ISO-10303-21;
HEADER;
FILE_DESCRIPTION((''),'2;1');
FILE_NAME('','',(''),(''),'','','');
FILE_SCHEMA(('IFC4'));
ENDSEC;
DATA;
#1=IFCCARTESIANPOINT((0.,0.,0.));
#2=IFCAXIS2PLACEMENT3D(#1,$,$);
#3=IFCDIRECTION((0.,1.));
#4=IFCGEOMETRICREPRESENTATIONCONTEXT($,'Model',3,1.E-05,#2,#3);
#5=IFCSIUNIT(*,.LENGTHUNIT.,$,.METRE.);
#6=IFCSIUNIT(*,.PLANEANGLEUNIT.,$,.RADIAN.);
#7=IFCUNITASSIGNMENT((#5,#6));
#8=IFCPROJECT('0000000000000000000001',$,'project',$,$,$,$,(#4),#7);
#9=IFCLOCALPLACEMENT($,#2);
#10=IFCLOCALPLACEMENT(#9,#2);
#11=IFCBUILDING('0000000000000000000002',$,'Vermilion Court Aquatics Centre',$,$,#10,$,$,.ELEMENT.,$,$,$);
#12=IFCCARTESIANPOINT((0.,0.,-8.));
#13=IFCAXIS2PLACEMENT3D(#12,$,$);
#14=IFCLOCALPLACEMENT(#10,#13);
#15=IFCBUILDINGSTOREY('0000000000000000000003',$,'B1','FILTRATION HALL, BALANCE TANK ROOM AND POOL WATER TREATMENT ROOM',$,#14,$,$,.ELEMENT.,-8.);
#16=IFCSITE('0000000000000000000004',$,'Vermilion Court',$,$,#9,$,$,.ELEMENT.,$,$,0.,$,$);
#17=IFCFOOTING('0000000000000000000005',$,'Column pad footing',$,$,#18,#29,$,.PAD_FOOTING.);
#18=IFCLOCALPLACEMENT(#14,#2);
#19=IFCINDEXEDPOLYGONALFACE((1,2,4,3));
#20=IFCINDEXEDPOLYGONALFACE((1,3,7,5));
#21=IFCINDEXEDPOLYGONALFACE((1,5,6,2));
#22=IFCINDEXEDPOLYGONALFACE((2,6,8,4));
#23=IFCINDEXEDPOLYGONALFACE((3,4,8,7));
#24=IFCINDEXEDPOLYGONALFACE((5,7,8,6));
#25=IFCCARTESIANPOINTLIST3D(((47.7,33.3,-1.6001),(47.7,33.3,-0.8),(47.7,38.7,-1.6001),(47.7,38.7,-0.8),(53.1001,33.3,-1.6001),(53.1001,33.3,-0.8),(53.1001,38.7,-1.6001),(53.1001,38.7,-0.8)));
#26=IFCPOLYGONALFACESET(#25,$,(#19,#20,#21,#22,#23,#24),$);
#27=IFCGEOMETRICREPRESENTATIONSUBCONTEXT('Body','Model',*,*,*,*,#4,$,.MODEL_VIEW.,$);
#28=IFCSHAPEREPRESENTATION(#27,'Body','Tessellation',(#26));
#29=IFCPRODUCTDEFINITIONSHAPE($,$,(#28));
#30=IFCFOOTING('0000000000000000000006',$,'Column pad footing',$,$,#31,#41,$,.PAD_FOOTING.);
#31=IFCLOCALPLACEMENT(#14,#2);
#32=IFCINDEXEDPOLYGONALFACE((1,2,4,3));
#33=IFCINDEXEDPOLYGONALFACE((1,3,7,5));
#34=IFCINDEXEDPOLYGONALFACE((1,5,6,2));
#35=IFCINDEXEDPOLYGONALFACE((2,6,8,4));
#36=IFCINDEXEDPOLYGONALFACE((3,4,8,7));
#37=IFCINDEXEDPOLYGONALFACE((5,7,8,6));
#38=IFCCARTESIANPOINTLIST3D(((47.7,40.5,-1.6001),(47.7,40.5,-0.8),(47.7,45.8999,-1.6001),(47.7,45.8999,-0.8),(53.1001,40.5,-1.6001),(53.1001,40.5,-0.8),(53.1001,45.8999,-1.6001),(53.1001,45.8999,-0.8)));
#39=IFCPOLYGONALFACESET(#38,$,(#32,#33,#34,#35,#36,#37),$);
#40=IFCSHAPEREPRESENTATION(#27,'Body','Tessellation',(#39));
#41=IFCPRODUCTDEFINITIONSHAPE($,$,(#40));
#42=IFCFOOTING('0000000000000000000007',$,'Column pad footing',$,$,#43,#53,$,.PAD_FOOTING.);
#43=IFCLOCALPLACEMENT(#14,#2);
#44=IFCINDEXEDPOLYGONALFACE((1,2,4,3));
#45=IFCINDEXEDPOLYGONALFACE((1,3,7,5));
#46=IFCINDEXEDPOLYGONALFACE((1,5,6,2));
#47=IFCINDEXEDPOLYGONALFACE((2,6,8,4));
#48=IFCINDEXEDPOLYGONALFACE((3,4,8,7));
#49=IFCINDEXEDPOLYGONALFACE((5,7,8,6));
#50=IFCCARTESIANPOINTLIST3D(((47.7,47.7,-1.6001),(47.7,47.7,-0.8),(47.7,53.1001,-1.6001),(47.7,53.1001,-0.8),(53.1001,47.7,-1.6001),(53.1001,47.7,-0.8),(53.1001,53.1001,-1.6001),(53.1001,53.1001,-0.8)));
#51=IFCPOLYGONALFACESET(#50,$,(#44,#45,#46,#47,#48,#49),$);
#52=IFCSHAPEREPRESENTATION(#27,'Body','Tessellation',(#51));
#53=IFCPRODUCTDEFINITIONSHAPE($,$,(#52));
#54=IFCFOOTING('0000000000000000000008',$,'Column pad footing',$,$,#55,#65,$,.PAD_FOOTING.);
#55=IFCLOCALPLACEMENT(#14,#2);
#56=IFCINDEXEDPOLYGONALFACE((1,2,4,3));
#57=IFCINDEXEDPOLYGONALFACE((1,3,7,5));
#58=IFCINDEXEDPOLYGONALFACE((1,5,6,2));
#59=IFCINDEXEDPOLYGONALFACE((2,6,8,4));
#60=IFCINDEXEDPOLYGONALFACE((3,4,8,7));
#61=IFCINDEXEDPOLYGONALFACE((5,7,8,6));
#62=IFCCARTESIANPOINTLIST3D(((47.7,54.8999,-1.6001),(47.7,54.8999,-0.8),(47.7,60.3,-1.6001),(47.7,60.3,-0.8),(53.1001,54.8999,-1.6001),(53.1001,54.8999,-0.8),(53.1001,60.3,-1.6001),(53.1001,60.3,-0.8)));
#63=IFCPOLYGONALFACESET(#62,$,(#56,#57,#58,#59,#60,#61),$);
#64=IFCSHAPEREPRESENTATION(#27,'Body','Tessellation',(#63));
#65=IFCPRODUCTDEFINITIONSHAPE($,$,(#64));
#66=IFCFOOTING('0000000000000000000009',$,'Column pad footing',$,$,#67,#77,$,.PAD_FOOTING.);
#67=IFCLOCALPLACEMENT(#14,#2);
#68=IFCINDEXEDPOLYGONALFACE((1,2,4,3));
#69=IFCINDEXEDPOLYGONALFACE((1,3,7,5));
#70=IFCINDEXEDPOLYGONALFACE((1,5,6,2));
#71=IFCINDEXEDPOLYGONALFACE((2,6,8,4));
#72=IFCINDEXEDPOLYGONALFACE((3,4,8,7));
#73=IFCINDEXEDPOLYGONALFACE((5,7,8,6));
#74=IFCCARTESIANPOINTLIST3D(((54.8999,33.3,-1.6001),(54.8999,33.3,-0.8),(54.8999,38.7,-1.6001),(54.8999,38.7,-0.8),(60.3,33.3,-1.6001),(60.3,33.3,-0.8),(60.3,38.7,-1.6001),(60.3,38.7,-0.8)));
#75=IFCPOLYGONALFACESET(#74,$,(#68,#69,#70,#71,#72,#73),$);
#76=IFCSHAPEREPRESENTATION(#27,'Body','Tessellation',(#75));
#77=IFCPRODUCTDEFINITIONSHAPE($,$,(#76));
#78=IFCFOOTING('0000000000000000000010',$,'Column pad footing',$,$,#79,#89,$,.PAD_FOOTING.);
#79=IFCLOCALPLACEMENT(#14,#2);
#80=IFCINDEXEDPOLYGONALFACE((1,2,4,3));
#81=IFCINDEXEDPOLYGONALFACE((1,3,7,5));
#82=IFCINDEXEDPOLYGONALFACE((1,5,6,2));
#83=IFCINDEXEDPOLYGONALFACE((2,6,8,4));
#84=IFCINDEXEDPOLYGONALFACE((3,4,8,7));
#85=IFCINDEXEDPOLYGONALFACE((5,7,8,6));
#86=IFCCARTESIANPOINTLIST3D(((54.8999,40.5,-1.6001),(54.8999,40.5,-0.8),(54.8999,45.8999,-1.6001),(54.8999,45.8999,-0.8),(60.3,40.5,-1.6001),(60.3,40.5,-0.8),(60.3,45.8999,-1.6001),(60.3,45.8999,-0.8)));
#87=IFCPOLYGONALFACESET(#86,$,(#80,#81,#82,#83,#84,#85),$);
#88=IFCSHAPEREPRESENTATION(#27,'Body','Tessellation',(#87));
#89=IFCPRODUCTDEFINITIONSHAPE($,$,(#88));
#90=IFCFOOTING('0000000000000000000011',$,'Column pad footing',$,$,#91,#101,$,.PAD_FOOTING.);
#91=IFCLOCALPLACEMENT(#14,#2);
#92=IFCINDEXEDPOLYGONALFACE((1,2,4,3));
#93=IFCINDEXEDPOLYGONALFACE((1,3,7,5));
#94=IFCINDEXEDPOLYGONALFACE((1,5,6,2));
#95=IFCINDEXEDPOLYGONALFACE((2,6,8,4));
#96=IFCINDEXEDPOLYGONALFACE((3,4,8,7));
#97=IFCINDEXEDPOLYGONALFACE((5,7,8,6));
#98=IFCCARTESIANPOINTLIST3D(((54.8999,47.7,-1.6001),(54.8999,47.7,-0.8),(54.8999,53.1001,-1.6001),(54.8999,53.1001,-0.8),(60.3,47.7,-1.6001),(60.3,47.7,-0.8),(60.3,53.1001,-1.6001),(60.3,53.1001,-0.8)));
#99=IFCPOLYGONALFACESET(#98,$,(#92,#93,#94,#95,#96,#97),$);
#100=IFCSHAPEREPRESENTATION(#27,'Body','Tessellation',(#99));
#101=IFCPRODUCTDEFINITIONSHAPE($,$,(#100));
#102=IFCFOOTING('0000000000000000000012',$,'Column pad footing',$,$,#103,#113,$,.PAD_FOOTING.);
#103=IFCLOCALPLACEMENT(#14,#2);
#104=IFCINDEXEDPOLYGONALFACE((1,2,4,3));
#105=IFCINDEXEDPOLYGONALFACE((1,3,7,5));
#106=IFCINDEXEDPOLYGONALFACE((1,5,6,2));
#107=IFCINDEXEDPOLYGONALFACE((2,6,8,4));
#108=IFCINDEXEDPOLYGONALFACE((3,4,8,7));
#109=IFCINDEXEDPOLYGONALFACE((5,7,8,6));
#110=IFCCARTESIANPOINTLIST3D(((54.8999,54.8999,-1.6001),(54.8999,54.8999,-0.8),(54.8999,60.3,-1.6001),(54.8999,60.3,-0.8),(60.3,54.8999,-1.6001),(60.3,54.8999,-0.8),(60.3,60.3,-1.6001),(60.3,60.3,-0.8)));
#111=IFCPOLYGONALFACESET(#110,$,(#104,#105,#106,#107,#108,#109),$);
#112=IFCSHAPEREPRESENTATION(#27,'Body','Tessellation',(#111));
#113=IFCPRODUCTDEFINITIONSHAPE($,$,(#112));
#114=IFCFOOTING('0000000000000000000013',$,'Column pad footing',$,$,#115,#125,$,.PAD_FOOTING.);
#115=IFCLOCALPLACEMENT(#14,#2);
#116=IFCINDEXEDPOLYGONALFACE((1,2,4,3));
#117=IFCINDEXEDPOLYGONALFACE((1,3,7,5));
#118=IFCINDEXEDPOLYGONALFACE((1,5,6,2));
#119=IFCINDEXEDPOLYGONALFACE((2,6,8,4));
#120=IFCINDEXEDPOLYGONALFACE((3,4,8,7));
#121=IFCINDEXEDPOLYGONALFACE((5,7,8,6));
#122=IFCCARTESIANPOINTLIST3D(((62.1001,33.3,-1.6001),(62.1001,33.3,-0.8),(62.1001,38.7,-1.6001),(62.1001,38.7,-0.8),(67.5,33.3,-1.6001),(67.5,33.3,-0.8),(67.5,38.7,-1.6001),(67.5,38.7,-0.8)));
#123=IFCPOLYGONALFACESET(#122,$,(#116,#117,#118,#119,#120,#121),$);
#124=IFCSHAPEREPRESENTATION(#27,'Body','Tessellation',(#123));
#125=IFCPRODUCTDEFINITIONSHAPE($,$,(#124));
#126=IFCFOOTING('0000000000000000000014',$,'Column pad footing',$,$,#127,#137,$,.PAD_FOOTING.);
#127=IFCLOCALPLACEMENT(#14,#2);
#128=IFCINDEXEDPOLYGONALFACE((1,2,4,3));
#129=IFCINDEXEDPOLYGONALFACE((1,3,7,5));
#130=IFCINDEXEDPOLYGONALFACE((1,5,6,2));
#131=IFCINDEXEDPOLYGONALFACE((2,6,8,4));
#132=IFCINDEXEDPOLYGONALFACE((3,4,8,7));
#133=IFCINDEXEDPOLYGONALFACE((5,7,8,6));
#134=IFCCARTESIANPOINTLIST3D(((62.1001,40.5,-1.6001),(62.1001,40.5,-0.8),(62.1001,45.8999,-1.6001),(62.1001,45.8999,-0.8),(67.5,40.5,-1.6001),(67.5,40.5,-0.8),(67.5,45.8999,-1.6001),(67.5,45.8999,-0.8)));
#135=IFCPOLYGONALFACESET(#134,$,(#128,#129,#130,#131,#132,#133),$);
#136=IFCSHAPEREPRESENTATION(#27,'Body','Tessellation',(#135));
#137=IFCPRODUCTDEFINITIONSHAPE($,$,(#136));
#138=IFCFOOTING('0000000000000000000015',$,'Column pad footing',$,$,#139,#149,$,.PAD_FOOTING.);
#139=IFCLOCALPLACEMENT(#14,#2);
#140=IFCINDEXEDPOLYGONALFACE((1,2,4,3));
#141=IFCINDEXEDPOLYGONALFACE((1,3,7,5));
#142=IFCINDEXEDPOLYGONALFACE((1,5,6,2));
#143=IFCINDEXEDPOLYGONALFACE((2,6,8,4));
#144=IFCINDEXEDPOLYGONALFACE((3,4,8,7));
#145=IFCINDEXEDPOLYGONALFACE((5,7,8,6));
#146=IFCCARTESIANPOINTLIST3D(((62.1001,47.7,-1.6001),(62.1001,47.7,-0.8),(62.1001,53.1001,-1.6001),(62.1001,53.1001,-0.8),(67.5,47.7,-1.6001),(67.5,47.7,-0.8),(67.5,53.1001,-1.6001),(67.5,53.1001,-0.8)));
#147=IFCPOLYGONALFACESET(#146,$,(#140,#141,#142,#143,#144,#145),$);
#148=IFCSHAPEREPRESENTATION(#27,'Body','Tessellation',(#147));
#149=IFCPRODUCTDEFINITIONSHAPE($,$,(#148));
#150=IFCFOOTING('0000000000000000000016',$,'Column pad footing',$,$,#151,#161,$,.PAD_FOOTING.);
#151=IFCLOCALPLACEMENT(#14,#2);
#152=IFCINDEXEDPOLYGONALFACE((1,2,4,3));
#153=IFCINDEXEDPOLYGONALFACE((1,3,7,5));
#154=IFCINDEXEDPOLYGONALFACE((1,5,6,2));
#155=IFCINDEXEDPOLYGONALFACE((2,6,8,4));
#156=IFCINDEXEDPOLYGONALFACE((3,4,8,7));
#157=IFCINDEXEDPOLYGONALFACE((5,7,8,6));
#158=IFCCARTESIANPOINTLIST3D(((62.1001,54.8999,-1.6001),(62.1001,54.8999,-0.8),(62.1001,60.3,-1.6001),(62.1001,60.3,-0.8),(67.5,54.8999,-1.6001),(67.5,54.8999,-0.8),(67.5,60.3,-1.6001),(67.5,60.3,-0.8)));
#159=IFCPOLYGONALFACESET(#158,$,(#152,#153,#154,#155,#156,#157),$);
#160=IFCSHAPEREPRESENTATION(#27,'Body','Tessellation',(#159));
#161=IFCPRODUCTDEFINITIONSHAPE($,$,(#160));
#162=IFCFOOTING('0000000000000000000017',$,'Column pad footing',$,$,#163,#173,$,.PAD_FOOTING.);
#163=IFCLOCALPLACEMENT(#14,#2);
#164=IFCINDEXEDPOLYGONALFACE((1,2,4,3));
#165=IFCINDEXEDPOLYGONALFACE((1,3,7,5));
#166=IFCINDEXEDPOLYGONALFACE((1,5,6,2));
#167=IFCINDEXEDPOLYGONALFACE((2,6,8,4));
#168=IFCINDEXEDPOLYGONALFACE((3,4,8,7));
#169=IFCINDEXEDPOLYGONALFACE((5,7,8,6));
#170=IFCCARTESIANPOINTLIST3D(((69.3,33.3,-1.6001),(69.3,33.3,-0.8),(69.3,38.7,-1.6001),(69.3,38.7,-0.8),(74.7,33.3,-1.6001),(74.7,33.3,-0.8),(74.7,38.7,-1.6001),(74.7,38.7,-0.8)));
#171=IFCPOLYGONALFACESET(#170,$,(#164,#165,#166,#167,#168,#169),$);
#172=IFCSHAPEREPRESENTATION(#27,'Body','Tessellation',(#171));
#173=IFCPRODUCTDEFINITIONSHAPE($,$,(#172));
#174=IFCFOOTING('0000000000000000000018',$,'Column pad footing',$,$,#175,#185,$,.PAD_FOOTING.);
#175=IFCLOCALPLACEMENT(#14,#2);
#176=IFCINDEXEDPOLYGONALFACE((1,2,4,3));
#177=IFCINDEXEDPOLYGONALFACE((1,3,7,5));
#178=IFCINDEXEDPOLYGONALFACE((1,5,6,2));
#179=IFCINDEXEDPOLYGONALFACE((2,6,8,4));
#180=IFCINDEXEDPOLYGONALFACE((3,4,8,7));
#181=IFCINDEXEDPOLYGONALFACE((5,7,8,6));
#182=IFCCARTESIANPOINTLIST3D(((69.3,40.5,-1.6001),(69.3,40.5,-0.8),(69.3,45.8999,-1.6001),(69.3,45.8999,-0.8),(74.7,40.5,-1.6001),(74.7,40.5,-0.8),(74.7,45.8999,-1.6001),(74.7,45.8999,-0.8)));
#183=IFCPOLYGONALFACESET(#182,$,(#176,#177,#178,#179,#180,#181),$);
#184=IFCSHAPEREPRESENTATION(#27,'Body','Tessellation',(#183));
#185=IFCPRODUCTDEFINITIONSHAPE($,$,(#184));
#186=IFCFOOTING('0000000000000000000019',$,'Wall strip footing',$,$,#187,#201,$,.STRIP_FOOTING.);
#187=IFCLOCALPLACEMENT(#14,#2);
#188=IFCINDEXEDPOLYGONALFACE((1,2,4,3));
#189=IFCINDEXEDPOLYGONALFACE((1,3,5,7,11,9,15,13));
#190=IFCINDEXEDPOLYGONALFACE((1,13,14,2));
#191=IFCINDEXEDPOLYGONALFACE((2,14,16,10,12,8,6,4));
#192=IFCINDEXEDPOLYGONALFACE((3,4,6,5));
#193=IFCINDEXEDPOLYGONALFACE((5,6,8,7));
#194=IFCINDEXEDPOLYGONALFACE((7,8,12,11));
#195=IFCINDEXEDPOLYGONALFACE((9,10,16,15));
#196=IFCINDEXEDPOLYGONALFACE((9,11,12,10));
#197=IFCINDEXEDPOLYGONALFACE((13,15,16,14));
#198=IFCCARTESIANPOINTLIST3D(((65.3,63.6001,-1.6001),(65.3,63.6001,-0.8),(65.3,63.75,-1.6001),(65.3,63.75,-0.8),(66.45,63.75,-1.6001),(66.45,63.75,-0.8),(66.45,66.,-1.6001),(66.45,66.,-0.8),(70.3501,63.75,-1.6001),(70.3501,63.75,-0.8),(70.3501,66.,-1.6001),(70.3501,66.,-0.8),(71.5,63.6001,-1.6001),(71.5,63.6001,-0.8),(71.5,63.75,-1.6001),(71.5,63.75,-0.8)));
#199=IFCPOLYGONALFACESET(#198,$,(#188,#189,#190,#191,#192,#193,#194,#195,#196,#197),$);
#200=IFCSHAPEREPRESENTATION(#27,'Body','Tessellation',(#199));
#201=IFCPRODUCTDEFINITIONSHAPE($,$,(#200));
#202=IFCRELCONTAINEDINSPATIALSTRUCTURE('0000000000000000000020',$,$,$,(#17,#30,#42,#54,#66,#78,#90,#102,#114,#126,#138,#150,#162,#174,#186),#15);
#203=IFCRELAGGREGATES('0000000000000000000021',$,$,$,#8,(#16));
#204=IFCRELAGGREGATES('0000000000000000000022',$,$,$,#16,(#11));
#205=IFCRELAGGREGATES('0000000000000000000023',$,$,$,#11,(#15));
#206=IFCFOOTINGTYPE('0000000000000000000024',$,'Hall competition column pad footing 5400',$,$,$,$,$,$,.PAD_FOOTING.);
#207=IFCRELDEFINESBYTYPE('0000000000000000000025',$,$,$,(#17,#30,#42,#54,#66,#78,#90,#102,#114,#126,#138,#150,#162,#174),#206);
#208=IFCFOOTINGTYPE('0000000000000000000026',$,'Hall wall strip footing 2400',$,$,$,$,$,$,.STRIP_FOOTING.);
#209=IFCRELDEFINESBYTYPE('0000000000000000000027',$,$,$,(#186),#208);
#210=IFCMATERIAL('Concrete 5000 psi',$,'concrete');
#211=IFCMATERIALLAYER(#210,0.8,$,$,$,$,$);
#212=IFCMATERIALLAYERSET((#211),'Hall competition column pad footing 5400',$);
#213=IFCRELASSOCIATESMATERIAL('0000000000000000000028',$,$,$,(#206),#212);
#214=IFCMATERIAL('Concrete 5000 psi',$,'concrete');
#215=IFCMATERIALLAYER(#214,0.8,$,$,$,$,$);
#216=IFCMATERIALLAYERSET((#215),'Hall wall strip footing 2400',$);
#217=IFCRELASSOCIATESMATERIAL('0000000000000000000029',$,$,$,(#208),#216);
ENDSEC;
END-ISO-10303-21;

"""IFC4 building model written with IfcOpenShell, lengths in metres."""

from ifc_helpers import new_model, si_unit, direction, frame, origin, place, context, subcontext, project, spatial, polyline, outline, extrude, material, layer, layer_set, type_object, element, save


model = new_model("IFC4")

# Units and contexts
model_context = context("Model", 3, precision=1e-05, world=origin(), true_north=direction((0.0, 1.0)))
body_context = subcontext(model_context, "Body", "Model", "MODEL_VIEW")
ifc_project = project(units=[si_unit("LENGTHUNIT", "METRE"), si_unit("PLANEANGLEUNIT", "RADIAN")], contexts=[model_context])

# Site, building, storey
site_placement = place(None, origin())
site = spatial("IfcSite", under=ifc_project, at=site_placement, Name="Vermilion Court", CompositionType="ELEMENT", RefElevation=0.0)
building_placement = place(site_placement, origin())
building = spatial("IfcBuilding", under=site, at=building_placement, Name="Vermilion Court Aquatics Centre", CompositionType="ELEMENT")
storey_placement = place(building_placement, frame((0.0, 0.0, -8.0)))
storey = spatial("IfcBuildingStorey", under=building, at=storey_placement, Name="B1", Description="FILTRATION HALL, BALANCE TANK ROOM AND POOL WATER TREATMENT ROOM", CompositionType="ELEMENT", Elevation=-8.0)

# Footings
ifc_material_1 = material(Name="Concrete 5000 psi", Category="concrete")
ifc_layer_1 = layer(ifc_material_1, 0.8)
ifc_layer_set_1 = layer_set([ifc_layer_1], Name="Hall competition column pad footing 5400")
footing_type_1 = type_object("IfcFootingType", Name="Hall competition column pad footing 5400", PredefinedType="PAD_FOOTING", material=ifc_layer_set_1)
footing_1_placement = place(storey_placement, frame((0.0, 0.0, -1.6001)))
element("IfcFooting", 1, at=footing_1_placement, inside=storey, type_object=footing_type_1, Name="Column pad footing", PredefinedType="PAD_FOOTING", context=body_context, shape_type="SweptSolid", body=[
    extrude(outline(polyline([(47.7, 33.3), (53.1001, 33.3), (53.1001, 38.7), (47.7, 38.7), (47.7, 33.3)])), origin(), (0.0, 0.0, 1.0), 0.8),
])
footing_2_placement = place(storey_placement, frame((0.0, 0.0, -1.6001)))
element("IfcFooting", 2, at=footing_2_placement, inside=storey, type_object=footing_type_1, Name="Column pad footing", PredefinedType="PAD_FOOTING", context=body_context, shape_type="SweptSolid", body=[
    extrude(outline(polyline([(47.7, 40.5), (53.1001, 40.5), (53.1001, 45.8999), (47.7, 45.8999), (47.7, 40.5)])), origin(), (0.0, 0.0, 1.0), 0.8),
])
footing_3_placement = place(storey_placement, frame((0.0, 0.0, -1.6001)))
element("IfcFooting", 3, at=footing_3_placement, inside=storey, type_object=footing_type_1, Name="Column pad footing", PredefinedType="PAD_FOOTING", context=body_context, shape_type="SweptSolid", body=[
    extrude(outline(polyline([(47.7, 47.7), (53.1001, 47.7), (53.1001, 53.1001), (47.7, 53.1001), (47.7, 47.7)])), origin(), (0.0, 0.0, 1.0), 0.8),
])
footing_4_placement = place(storey_placement, frame((0.0, 0.0, -1.6001)))
element("IfcFooting", 4, at=footing_4_placement, inside=storey, type_object=footing_type_1, Name="Column pad footing", PredefinedType="PAD_FOOTING", context=body_context, shape_type="SweptSolid", body=[
    extrude(outline(polyline([(47.7, 54.8999), (53.1001, 54.8999), (53.1001, 60.3), (47.7, 60.3), (47.7, 54.8999)])), origin(), (0.0, 0.0, 1.0), 0.8),
])
footing_5_placement = place(storey_placement, frame((0.0, 0.0, -1.6001)))
element("IfcFooting", 5, at=footing_5_placement, inside=storey, type_object=footing_type_1, Name="Column pad footing", PredefinedType="PAD_FOOTING", context=body_context, shape_type="SweptSolid", body=[
    extrude(outline(polyline([(54.8999, 33.3), (60.3, 33.3), (60.3, 38.7), (54.8999, 38.7), (54.8999, 33.3)])), origin(), (0.0, 0.0, 1.0), 0.8),
])
footing_6_placement = place(storey_placement, frame((0.0, 0.0, -1.6001)))
element("IfcFooting", 6, at=footing_6_placement, inside=storey, type_object=footing_type_1, Name="Column pad footing", PredefinedType="PAD_FOOTING", context=body_context, shape_type="SweptSolid", body=[
    extrude(outline(polyline([(54.8999, 40.5), (60.3, 40.5), (60.3, 45.8999), (54.8999, 45.8999), (54.8999, 40.5)])), origin(), (0.0, 0.0, 1.0), 0.8),
])
footing_7_placement = place(storey_placement, frame((0.0, 0.0, -1.6001)))
element("IfcFooting", 7, at=footing_7_placement, inside=storey, type_object=footing_type_1, Name="Column pad footing", PredefinedType="PAD_FOOTING", context=body_context, shape_type="SweptSolid", body=[
    extrude(outline(polyline([(54.8999, 47.7), (60.3, 47.7), (60.3, 53.1001), (54.8999, 53.1001), (54.8999, 47.7)])), origin(), (0.0, 0.0, 1.0), 0.8),
])
footing_8_placement = place(storey_placement, frame((0.0, 0.0, -1.6001)))
element("IfcFooting", 8, at=footing_8_placement, inside=storey, type_object=footing_type_1, Name="Column pad footing", PredefinedType="PAD_FOOTING", context=body_context, shape_type="SweptSolid", body=[
    extrude(outline(polyline([(54.8999, 54.8999), (60.3, 54.8999), (60.3, 60.3), (54.8999, 60.3), (54.8999, 54.8999)])), origin(), (0.0, 0.0, 1.0), 0.8),
])
footing_9_placement = place(storey_placement, frame((0.0, 0.0, -1.6001)))
element("IfcFooting", 9, at=footing_9_placement, inside=storey, type_object=footing_type_1, Name="Column pad footing", PredefinedType="PAD_FOOTING", context=body_context, shape_type="SweptSolid", body=[
    extrude(outline(polyline([(62.1001, 33.3), (67.5, 33.3), (67.5, 38.7), (62.1001, 38.7), (62.1001, 33.3)])), origin(), (0.0, 0.0, 1.0), 0.8),
])
footing_10_placement = place(storey_placement, frame((0.0, 0.0, -1.6001)))
element("IfcFooting", 10, at=footing_10_placement, inside=storey, type_object=footing_type_1, Name="Column pad footing", PredefinedType="PAD_FOOTING", context=body_context, shape_type="SweptSolid", body=[
    extrude(outline(polyline([(62.1001, 40.5), (67.5, 40.5), (67.5, 45.8999), (62.1001, 45.8999), (62.1001, 40.5)])), origin(), (0.0, 0.0, 1.0), 0.8),
])
footing_11_placement = place(storey_placement, frame((0.0, 0.0, -1.6001)))
element("IfcFooting", 11, at=footing_11_placement, inside=storey, type_object=footing_type_1, Name="Column pad footing", PredefinedType="PAD_FOOTING", context=body_context, shape_type="SweptSolid", body=[
    extrude(outline(polyline([(62.1001, 47.7), (67.5, 47.7), (67.5, 53.1001), (62.1001, 53.1001), (62.1001, 47.7)])), origin(), (0.0, 0.0, 1.0), 0.8),
])
footing_12_placement = place(storey_placement, frame((0.0, 0.0, -1.6001)))
element("IfcFooting", 12, at=footing_12_placement, inside=storey, type_object=footing_type_1, Name="Column pad footing", PredefinedType="PAD_FOOTING", context=body_context, shape_type="SweptSolid", body=[
    extrude(outline(polyline([(62.1001, 54.8999), (67.5, 54.8999), (67.5, 60.3), (62.1001, 60.3), (62.1001, 54.8999)])), origin(), (0.0, 0.0, 1.0), 0.8),
])
footing_13_placement = place(storey_placement, frame((0.0, 0.0, -1.6001)))
element("IfcFooting", 13, at=footing_13_placement, inside=storey, type_object=footing_type_1, Name="Column pad footing", PredefinedType="PAD_FOOTING", context=body_context, shape_type="SweptSolid", body=[
    extrude(outline(polyline([(69.3, 33.3), (74.7, 33.3), (74.7, 38.7), (69.3, 38.7), (69.3, 33.3)])), origin(), (0.0, 0.0, 1.0), 0.8),
])
footing_14_placement = place(storey_placement, frame((0.0, 0.0, -1.6001)))
element("IfcFooting", 14, at=footing_14_placement, inside=storey, type_object=footing_type_1, Name="Column pad footing", PredefinedType="PAD_FOOTING", context=body_context, shape_type="SweptSolid", body=[
    extrude(outline(polyline([(69.3, 40.5), (74.7, 40.5), (74.7, 45.8999), (69.3, 45.8999), (69.3, 40.5)])), origin(), (0.0, 0.0, 1.0), 0.8),
])
ifc_material_2 = material(Name="Concrete 5000 psi", Category="concrete")
ifc_layer_2 = layer(ifc_material_2, 0.8)
ifc_layer_set_2 = layer_set([ifc_layer_2], Name="Hall wall strip footing 2400")
footing_type_2 = type_object("IfcFootingType", Name="Hall wall strip footing 2400", PredefinedType="STRIP_FOOTING", material=ifc_layer_set_2)
footing_15_placement = place(storey_placement, frame((0.0, 0.0, -1.6001)))
element("IfcFooting", 15, at=footing_15_placement, inside=storey, type_object=footing_type_2, Name="Wall strip footing", PredefinedType="STRIP_FOOTING", context=body_context, shape_type="SweptSolid", body=[
    extrude(outline(polyline([(65.3, 63.75), (66.45, 63.75), (66.45, 66.0), (70.3501, 66.0), (70.3501, 63.75), (71.5, 63.75), (71.5, 63.6001), (65.3, 63.6001), (65.3, 63.75)])), origin(), (0.0, 0.0, 1.0), 0.8),
])

save(model, "model.ifc")
